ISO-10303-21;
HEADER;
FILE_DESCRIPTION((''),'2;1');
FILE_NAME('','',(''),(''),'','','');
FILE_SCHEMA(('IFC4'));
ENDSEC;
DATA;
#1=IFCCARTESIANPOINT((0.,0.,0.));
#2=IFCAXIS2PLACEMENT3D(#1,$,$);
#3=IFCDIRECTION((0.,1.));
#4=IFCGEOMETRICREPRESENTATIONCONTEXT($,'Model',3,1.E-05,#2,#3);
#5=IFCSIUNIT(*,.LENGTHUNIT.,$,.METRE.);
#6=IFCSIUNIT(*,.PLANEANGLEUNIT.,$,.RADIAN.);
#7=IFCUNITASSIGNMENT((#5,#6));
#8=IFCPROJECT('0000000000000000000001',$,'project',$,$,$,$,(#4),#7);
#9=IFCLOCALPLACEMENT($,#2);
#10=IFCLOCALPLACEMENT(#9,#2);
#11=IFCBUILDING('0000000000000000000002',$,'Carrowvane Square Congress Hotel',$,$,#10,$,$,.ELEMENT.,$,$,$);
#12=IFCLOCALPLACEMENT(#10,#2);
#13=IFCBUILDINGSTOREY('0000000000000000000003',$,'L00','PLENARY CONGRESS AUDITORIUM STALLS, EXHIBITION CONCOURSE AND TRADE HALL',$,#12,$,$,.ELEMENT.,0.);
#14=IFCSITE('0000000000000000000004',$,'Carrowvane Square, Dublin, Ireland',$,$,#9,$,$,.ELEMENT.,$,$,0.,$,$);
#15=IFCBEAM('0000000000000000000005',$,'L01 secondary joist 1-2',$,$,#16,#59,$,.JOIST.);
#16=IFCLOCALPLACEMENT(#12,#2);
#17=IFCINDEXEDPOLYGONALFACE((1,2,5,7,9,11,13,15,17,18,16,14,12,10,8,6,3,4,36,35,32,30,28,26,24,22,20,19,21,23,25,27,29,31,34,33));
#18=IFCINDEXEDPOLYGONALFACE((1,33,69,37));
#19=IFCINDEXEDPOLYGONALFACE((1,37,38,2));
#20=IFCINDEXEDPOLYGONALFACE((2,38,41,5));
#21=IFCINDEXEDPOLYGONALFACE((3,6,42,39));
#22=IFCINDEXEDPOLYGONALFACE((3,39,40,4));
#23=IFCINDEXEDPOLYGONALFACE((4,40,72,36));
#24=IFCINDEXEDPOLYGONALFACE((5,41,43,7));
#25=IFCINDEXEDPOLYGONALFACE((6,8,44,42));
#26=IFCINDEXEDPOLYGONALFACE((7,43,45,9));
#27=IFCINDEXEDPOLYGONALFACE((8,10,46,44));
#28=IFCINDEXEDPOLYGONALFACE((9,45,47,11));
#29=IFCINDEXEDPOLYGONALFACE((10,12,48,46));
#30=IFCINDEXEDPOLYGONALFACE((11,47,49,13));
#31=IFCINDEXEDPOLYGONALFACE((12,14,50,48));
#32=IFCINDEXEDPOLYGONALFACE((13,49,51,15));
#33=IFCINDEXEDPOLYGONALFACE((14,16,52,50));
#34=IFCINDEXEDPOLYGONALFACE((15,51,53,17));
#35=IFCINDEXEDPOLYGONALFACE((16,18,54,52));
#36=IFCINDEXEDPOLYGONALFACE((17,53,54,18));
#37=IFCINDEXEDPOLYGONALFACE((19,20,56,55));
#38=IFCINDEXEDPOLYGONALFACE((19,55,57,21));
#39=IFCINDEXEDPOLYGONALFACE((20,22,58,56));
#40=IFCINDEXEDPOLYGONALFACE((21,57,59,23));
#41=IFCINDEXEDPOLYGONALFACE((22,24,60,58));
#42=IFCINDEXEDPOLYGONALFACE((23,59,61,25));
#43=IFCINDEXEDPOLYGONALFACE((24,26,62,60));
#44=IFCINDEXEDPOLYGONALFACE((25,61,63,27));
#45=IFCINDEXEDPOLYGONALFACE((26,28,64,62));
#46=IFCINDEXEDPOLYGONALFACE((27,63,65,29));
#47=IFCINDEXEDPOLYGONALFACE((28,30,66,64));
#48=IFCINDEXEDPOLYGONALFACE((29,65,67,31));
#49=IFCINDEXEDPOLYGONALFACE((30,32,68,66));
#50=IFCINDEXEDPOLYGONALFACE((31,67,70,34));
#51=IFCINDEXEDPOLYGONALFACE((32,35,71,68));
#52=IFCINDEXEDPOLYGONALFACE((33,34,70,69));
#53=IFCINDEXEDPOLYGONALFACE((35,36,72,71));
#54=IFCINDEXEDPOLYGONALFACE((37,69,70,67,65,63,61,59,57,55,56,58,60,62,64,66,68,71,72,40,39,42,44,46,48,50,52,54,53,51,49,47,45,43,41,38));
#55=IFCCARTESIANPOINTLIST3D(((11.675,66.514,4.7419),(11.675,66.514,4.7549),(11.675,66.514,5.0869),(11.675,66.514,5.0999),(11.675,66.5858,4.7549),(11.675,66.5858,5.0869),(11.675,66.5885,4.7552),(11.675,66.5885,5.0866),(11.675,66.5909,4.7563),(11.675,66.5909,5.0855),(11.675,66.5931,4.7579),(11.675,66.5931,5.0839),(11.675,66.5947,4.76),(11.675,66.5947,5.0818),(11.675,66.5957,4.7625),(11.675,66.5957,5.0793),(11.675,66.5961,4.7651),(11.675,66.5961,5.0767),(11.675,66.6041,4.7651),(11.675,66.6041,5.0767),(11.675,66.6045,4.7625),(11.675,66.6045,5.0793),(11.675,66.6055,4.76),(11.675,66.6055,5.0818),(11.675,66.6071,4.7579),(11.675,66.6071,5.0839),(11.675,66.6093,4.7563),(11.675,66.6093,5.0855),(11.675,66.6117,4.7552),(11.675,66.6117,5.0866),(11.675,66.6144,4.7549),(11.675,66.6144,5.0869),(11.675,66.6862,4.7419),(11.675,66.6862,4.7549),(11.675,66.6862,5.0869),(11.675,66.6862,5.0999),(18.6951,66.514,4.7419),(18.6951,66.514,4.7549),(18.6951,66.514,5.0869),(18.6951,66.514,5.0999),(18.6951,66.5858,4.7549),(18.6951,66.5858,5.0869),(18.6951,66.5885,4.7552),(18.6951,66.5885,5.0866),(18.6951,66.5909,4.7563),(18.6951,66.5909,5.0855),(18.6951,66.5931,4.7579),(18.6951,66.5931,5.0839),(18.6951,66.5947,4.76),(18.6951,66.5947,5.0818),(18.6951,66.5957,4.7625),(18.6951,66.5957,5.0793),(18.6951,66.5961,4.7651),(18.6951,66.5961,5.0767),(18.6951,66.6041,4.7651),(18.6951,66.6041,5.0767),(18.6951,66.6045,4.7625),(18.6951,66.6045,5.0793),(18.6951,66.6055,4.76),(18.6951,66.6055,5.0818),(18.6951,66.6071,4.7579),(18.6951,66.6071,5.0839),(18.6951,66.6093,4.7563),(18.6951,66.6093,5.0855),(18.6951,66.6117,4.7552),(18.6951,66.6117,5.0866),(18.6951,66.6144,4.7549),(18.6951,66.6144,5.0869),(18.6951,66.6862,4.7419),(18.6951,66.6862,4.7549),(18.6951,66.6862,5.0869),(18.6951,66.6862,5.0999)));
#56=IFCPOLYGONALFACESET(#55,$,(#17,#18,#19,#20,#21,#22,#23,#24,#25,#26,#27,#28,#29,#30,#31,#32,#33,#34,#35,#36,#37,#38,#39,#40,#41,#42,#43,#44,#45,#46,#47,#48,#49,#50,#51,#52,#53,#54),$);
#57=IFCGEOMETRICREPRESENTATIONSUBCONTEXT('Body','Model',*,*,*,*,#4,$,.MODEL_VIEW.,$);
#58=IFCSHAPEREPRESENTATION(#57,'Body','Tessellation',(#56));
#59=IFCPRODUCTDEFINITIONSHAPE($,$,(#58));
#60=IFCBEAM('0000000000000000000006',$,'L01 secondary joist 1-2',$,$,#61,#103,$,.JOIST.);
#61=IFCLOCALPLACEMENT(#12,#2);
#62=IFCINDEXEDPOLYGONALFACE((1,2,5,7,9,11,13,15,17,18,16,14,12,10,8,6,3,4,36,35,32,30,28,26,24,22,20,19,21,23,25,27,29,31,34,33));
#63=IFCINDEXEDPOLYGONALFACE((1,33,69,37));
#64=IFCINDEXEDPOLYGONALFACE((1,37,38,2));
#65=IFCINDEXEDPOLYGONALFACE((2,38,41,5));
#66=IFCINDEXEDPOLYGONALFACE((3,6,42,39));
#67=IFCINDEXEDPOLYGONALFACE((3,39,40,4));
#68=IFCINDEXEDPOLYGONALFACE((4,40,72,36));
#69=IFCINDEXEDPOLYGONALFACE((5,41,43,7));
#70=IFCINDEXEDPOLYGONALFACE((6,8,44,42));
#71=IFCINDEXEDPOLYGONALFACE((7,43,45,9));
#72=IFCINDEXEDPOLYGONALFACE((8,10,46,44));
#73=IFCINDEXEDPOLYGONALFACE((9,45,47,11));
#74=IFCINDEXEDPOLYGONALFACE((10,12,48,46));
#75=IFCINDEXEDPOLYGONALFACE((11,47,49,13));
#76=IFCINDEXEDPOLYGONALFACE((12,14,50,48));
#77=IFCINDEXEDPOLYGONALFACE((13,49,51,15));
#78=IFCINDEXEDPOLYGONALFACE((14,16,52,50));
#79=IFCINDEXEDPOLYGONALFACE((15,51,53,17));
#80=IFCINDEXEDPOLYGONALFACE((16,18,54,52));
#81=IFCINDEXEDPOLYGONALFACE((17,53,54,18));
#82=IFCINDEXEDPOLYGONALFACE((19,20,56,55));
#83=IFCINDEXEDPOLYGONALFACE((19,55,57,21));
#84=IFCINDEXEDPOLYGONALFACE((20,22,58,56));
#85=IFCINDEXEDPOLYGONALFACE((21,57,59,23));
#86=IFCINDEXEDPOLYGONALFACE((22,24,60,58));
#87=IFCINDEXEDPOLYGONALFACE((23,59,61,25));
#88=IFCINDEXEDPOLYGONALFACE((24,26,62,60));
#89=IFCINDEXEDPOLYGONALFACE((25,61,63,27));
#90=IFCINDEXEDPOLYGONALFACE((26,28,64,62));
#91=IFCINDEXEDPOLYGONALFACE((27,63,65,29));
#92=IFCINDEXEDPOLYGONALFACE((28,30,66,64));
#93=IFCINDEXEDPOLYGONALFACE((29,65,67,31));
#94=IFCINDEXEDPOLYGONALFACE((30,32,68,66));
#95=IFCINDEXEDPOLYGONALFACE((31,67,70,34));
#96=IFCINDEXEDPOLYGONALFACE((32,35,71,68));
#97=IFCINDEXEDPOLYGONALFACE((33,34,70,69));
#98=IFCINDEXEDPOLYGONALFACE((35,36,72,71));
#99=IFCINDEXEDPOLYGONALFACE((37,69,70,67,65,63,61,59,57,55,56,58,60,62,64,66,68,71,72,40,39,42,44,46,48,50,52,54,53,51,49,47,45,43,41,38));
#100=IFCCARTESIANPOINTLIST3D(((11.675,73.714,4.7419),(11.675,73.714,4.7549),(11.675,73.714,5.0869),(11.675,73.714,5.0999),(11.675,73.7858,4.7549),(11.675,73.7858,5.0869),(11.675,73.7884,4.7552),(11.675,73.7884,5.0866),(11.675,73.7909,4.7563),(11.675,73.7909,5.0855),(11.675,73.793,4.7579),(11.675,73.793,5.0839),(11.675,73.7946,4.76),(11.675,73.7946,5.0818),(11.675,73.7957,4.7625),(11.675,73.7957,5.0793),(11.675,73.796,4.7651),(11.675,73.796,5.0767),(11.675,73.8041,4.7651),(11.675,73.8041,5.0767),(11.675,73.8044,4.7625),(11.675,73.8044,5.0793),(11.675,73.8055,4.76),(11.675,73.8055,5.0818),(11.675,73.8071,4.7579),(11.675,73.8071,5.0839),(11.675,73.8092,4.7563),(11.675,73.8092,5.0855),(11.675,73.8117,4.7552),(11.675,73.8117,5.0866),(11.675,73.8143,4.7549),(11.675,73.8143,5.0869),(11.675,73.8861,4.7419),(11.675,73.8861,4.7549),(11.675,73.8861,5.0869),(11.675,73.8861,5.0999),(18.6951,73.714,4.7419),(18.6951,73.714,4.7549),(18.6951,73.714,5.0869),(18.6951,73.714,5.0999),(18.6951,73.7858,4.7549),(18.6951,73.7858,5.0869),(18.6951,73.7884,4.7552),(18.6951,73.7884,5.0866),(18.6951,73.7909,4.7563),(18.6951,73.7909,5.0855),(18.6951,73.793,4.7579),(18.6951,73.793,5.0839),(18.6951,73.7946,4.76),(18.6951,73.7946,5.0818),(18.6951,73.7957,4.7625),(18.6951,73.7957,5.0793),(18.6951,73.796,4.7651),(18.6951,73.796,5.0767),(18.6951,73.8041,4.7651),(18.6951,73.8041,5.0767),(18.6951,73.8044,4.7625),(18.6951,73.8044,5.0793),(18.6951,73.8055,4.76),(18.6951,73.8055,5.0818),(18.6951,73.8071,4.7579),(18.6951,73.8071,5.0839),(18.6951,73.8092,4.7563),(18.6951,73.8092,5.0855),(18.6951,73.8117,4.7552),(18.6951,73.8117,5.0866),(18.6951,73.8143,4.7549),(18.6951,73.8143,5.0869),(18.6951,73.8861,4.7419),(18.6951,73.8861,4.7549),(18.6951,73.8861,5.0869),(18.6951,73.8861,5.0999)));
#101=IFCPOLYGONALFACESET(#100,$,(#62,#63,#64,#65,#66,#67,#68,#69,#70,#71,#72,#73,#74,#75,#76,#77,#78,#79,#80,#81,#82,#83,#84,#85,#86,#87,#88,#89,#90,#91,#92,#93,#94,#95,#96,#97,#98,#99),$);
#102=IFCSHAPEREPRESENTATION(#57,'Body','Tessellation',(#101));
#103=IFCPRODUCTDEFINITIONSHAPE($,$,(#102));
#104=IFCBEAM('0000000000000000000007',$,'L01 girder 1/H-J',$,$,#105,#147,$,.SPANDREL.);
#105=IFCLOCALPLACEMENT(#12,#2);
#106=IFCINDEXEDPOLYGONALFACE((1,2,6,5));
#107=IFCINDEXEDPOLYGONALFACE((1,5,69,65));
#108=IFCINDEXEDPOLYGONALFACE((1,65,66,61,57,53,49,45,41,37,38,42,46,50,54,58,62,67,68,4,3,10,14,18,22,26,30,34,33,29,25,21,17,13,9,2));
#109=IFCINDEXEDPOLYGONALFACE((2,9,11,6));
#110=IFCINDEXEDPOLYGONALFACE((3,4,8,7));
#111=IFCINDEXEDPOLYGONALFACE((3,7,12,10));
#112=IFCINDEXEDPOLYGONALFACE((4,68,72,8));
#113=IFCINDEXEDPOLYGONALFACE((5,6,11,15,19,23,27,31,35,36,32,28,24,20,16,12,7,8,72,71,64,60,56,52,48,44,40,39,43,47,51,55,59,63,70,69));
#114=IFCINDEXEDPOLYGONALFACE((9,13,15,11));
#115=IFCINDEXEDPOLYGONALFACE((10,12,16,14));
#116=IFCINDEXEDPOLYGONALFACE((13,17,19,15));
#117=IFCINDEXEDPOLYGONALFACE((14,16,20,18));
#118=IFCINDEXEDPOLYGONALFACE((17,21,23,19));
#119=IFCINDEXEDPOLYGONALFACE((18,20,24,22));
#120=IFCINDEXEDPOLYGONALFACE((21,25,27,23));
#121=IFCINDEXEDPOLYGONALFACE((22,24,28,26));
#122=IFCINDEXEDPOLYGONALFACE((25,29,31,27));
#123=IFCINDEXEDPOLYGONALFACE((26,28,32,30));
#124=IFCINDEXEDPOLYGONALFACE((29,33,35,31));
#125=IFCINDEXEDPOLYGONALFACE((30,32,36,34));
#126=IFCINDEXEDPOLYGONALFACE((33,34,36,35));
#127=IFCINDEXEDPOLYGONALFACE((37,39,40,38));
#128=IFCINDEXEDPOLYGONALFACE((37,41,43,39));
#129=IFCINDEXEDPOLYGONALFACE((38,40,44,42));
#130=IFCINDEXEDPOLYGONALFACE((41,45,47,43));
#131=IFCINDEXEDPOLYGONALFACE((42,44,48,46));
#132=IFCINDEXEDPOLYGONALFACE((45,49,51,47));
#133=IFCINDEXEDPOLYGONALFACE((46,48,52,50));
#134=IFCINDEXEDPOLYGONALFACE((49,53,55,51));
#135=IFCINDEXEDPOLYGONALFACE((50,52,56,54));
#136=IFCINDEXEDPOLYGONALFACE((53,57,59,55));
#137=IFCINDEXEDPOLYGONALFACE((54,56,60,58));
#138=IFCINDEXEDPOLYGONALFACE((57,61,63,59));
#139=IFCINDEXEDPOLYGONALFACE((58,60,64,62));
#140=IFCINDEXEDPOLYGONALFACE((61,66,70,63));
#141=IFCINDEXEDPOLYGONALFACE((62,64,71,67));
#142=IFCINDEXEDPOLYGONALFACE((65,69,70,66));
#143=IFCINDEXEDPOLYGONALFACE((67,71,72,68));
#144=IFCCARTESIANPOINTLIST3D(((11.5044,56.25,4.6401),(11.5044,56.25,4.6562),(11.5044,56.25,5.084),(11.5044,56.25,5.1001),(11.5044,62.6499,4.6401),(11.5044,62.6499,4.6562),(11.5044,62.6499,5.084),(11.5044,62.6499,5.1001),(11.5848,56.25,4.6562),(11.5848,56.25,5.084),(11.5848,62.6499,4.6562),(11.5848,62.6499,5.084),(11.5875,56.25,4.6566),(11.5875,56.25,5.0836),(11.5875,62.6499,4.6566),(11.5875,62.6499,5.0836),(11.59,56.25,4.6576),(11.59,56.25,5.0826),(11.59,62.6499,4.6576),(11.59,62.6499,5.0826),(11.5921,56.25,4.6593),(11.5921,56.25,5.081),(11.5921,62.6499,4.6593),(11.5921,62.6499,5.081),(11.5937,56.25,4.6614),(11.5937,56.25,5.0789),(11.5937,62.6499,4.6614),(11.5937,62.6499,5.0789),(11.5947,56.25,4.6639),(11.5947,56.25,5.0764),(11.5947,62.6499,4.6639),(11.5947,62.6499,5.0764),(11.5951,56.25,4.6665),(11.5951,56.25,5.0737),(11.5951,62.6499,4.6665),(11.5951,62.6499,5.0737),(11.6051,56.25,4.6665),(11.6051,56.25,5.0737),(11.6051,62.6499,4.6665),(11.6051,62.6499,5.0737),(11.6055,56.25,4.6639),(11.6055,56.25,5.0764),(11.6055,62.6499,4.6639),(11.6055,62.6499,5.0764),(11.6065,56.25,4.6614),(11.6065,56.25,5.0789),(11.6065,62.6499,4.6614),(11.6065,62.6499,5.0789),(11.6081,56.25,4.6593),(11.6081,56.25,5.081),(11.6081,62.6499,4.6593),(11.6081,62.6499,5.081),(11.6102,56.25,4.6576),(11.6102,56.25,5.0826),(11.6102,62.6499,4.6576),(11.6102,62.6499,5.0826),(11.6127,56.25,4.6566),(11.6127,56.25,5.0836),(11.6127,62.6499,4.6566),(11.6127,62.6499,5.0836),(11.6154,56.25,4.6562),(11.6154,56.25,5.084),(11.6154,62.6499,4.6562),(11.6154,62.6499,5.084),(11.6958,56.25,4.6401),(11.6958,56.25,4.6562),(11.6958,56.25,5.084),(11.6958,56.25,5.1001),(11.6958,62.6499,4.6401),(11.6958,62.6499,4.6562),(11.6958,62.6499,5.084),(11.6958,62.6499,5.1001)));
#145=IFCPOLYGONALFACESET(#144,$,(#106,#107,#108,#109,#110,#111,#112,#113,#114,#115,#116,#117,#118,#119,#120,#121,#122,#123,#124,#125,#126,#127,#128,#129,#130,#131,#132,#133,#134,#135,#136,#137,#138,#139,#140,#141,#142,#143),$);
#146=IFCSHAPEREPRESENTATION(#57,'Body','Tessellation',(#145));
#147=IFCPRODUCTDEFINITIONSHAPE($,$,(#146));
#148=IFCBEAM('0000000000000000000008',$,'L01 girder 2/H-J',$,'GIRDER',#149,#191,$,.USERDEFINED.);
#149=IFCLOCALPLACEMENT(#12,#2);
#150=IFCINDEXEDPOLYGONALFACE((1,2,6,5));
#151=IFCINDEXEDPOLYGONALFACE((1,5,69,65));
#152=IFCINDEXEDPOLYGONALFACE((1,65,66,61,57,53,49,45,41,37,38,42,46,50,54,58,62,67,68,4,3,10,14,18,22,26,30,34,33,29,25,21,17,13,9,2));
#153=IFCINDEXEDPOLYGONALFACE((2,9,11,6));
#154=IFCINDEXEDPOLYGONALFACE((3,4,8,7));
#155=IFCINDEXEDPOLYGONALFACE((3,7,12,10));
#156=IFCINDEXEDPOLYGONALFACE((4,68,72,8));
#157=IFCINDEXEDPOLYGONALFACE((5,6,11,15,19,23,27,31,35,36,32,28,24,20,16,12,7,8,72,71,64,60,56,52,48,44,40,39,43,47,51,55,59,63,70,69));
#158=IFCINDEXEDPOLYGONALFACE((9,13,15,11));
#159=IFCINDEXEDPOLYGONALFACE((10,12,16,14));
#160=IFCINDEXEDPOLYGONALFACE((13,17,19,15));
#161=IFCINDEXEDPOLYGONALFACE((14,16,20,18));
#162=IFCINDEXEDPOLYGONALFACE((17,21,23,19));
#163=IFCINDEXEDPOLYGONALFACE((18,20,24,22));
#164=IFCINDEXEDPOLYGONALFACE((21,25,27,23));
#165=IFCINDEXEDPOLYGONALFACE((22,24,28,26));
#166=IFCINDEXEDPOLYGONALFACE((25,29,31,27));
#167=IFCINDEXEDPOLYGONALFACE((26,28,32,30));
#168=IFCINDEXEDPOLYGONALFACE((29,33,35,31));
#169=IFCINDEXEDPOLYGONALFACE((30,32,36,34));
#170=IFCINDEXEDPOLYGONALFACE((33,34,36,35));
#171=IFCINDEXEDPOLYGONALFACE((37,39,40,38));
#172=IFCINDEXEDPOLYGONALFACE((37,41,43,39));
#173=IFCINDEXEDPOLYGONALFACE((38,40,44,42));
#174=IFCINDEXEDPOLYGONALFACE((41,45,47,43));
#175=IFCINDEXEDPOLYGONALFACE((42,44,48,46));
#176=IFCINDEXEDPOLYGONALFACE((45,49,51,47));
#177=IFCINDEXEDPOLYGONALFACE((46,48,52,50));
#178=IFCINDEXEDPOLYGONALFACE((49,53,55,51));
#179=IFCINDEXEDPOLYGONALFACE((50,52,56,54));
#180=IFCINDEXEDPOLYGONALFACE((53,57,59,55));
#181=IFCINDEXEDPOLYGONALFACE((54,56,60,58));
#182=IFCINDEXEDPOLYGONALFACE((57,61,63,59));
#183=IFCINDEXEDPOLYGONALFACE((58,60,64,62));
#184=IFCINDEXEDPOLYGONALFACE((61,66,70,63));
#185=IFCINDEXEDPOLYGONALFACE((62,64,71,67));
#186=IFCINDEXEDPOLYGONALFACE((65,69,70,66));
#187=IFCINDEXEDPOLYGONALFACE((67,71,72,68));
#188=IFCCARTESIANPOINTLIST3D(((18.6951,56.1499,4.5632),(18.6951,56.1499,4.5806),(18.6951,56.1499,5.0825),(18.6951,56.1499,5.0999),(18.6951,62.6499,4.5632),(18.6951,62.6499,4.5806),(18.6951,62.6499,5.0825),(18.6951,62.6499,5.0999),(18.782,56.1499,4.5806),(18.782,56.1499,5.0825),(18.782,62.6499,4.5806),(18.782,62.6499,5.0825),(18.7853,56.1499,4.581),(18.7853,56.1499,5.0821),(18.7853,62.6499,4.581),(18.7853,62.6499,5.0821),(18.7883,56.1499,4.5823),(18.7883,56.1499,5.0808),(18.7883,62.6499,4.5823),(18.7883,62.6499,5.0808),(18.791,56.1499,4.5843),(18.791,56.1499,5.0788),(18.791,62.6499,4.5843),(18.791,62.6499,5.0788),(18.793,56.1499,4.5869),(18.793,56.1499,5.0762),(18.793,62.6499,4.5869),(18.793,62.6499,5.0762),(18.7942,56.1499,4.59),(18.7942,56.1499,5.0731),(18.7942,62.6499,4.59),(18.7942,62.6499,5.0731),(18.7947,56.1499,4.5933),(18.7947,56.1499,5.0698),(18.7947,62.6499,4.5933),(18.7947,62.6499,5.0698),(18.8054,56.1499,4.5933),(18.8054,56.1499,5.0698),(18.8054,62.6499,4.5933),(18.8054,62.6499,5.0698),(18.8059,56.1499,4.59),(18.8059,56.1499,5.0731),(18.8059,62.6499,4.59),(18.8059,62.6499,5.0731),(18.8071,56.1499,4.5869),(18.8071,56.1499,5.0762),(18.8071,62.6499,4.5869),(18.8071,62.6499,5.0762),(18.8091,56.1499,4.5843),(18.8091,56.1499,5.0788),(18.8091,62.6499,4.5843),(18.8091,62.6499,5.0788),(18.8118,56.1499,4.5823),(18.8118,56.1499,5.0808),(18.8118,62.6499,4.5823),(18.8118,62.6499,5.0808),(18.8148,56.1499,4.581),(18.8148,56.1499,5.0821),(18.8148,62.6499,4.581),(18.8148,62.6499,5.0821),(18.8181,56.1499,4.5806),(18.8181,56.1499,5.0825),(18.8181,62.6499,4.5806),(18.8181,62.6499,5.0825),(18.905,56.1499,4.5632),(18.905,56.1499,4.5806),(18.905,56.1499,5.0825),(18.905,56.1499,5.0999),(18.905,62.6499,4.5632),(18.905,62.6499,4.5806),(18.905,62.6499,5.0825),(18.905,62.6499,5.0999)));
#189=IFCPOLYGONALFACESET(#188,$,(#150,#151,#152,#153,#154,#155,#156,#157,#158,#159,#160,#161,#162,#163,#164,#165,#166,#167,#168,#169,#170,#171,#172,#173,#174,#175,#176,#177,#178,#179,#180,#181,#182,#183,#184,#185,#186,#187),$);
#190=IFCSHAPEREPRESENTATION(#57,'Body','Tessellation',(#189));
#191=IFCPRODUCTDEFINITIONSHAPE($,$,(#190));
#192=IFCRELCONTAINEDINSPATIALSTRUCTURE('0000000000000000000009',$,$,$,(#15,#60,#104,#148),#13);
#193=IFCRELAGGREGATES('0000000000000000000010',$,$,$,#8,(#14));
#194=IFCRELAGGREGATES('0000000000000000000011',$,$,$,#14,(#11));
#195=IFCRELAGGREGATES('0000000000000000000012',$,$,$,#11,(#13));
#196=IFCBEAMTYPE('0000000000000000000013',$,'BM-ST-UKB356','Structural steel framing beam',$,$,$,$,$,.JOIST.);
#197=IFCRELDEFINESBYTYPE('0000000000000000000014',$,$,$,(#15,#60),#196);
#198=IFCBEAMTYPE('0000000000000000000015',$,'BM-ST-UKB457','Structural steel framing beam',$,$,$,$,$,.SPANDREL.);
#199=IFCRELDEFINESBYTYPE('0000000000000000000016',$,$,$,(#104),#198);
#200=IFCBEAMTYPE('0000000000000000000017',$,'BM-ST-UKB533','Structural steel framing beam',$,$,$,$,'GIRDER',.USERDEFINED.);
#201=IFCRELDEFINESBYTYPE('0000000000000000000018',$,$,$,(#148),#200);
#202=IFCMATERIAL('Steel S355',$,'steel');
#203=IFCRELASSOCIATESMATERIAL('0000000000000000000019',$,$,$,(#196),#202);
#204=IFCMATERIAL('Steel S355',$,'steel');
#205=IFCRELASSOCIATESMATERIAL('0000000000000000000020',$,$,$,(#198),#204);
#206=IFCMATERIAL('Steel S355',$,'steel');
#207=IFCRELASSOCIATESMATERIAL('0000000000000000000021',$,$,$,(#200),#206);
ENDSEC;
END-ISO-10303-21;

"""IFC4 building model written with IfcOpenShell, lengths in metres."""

from ifc_helpers import new_model, si_unit, direction, frame, origin, origin_2d, place, context, subcontext, project, spatial, i_section, extrude, material, material_profile, profile_set, type_object, element, save


model = new_model("IFC4")

# Units and contexts
model_context = context("Model", 3, precision=1e-05, world=origin(), true_north=direction((0.0, 1.0)))
body_context = subcontext(model_context, "Body", "Model", "MODEL_VIEW")
ifc_project = project(units=[si_unit("LENGTHUNIT", "METRE"), si_unit("PLANEANGLEUNIT", "RADIAN")], contexts=[model_context])

# Site, building, storey
site_placement = place(None, origin())
site = spatial("IfcSite", under=ifc_project, at=site_placement, Name="Carrowvane Square, Dublin, Ireland", CompositionType="ELEMENT", RefElevation=0.0)
building_placement = place(site_placement, origin())
building = spatial("IfcBuilding", under=site, at=building_placement, Name="Carrowvane Square Congress Hotel", CompositionType="ELEMENT")
storey_placement = place(building_placement, origin())
storey = spatial("IfcBuildingStorey", under=building, at=storey_placement, Name="L00", Description="PLENARY CONGRESS AUDITORIUM STALLS, EXHIBITION CONCOURSE AND TRADE HALL", CompositionType="ELEMENT", Elevation=0.0)

# Beams
ifc_material_1 = material(Name="Steel S355", Category="steel")
ifc_material_profile_1 = material_profile(ifc_material_1, i_section(OverallWidth=0.1721, OverallDepth=0.3579, WebThickness=0.0081, FlangeThickness=0.0129, FilletRadius=0.0103, at=origin_2d()), Name="UKB 356x171x57")
ifc_profile_set_1 = profile_set([ifc_material_profile_1], Name="Steel S355")
beam_type_1 = type_object("IfcBeamType", Name="BM-ST-UKB356", Description="Structural steel framing beam", PredefinedType="JOIST", material=ifc_profile_set_1)
for number, where, z_axis, x_axis, name in (
    (1, (11.675, 66.6001, 4.9209), (1.0, 0.0, 0.0), (0.0, 1.0, 0.0), "L01 secondary joist 1-2"),
    (2, (11.675, 73.8, 4.9209), (1.0, 0.0, 0.0), (0.0, 1.0, 0.0), "L01 secondary joist 1-2"),
):
    element("IfcBeam", number, at=place(storey_placement, frame(where, z_axis=z_axis, x_axis=x_axis)), inside=storey, type_object=beam_type_1, Name=name, PredefinedType="JOIST", context=body_context, shape_type="SweptSolid", body=[
        extrude(i_section(OverallWidth=0.1721, OverallDepth=0.3579, WebThickness=0.0081, FlangeThickness=0.0129, FilletRadius=0.0103, at=origin_2d()), origin(), (0.0, 0.0, 1.0), 7.02),
    ])
ifc_material_2 = material(Name="Steel S355", Category="steel")
ifc_material_profile_2 = material_profile(ifc_material_2, i_section(OverallWidth=0.1914, OverallDepth=0.46, WebThickness=0.01, FlangeThickness=0.0161, FilletRadius=0.0103, at=origin_2d()), Name="UKB 457x191x82")
ifc_profile_set_2 = profile_set([ifc_material_profile_2], Name="Steel S355")
beam_type_2 = type_object("IfcBeamType", Name="BM-ST-UKB457", Description="Structural steel framing beam", PredefinedType="SPANDREL", material=ifc_profile_set_2)
beam_1_placement = place(storey_placement, frame((11.6001, 56.25, 4.8701), z_axis=(0.0, 1.0, 0.0), x_axis=(-1.0, 0.0, 0.0)))
element("IfcBeam", 3, at=beam_1_placement, inside=storey, type_object=beam_type_2, Name="L01 girder 1/H-J", PredefinedType="SPANDREL", context=body_context, shape_type="SweptSolid", body=[
    extrude(i_section(OverallWidth=0.1914, OverallDepth=0.46, WebThickness=0.01, FlangeThickness=0.0161, FilletRadius=0.0103, at=origin_2d()), origin(), (0.0, 0.0, 1.0), 6.3999),
])
ifc_material_3 = material(Name="Steel S355", Category="steel")
ifc_material_profile_3 = material_profile(ifc_material_3, i_section(OverallWidth=0.21, OverallDepth=0.5366, WebThickness=0.0107, FlangeThickness=0.0173, FilletRadius=0.0127, at=origin_2d()), Name="UKB 533x210x101")
ifc_profile_set_3 = profile_set([ifc_material_profile_3], Name="Steel S355")
beam_type_3 = type_object("IfcBeamType", Name="BM-ST-UKB533", Description="Structural steel framing beam", ElementType="GIRDER", PredefinedType="USERDEFINED", material=ifc_profile_set_3)
for number, where, z_axis, x_axis, name in (
    (4, (18.8, 56.1499, 4.8315), (0.0, 1.0, 0.0), (-1.0, 0.0, 0.0), "L01 girder 2/H-J"),
):
    element("IfcBeam", number, at=place(storey_placement, frame(where, z_axis=z_axis, x_axis=x_axis)), inside=storey, type_object=beam_type_3, Name=name, ObjectType="GIRDER", PredefinedType="USERDEFINED", context=body_context, shape_type="SweptSolid", body=[
        extrude(i_section(OverallWidth=0.21, OverallDepth=0.5366, WebThickness=0.0107, FlangeThickness=0.0173, FilletRadius=0.0127, at=origin_2d()), origin(), (0.0, 0.0, 1.0), 6.5),
    ])

save(model, "model.ifc")
